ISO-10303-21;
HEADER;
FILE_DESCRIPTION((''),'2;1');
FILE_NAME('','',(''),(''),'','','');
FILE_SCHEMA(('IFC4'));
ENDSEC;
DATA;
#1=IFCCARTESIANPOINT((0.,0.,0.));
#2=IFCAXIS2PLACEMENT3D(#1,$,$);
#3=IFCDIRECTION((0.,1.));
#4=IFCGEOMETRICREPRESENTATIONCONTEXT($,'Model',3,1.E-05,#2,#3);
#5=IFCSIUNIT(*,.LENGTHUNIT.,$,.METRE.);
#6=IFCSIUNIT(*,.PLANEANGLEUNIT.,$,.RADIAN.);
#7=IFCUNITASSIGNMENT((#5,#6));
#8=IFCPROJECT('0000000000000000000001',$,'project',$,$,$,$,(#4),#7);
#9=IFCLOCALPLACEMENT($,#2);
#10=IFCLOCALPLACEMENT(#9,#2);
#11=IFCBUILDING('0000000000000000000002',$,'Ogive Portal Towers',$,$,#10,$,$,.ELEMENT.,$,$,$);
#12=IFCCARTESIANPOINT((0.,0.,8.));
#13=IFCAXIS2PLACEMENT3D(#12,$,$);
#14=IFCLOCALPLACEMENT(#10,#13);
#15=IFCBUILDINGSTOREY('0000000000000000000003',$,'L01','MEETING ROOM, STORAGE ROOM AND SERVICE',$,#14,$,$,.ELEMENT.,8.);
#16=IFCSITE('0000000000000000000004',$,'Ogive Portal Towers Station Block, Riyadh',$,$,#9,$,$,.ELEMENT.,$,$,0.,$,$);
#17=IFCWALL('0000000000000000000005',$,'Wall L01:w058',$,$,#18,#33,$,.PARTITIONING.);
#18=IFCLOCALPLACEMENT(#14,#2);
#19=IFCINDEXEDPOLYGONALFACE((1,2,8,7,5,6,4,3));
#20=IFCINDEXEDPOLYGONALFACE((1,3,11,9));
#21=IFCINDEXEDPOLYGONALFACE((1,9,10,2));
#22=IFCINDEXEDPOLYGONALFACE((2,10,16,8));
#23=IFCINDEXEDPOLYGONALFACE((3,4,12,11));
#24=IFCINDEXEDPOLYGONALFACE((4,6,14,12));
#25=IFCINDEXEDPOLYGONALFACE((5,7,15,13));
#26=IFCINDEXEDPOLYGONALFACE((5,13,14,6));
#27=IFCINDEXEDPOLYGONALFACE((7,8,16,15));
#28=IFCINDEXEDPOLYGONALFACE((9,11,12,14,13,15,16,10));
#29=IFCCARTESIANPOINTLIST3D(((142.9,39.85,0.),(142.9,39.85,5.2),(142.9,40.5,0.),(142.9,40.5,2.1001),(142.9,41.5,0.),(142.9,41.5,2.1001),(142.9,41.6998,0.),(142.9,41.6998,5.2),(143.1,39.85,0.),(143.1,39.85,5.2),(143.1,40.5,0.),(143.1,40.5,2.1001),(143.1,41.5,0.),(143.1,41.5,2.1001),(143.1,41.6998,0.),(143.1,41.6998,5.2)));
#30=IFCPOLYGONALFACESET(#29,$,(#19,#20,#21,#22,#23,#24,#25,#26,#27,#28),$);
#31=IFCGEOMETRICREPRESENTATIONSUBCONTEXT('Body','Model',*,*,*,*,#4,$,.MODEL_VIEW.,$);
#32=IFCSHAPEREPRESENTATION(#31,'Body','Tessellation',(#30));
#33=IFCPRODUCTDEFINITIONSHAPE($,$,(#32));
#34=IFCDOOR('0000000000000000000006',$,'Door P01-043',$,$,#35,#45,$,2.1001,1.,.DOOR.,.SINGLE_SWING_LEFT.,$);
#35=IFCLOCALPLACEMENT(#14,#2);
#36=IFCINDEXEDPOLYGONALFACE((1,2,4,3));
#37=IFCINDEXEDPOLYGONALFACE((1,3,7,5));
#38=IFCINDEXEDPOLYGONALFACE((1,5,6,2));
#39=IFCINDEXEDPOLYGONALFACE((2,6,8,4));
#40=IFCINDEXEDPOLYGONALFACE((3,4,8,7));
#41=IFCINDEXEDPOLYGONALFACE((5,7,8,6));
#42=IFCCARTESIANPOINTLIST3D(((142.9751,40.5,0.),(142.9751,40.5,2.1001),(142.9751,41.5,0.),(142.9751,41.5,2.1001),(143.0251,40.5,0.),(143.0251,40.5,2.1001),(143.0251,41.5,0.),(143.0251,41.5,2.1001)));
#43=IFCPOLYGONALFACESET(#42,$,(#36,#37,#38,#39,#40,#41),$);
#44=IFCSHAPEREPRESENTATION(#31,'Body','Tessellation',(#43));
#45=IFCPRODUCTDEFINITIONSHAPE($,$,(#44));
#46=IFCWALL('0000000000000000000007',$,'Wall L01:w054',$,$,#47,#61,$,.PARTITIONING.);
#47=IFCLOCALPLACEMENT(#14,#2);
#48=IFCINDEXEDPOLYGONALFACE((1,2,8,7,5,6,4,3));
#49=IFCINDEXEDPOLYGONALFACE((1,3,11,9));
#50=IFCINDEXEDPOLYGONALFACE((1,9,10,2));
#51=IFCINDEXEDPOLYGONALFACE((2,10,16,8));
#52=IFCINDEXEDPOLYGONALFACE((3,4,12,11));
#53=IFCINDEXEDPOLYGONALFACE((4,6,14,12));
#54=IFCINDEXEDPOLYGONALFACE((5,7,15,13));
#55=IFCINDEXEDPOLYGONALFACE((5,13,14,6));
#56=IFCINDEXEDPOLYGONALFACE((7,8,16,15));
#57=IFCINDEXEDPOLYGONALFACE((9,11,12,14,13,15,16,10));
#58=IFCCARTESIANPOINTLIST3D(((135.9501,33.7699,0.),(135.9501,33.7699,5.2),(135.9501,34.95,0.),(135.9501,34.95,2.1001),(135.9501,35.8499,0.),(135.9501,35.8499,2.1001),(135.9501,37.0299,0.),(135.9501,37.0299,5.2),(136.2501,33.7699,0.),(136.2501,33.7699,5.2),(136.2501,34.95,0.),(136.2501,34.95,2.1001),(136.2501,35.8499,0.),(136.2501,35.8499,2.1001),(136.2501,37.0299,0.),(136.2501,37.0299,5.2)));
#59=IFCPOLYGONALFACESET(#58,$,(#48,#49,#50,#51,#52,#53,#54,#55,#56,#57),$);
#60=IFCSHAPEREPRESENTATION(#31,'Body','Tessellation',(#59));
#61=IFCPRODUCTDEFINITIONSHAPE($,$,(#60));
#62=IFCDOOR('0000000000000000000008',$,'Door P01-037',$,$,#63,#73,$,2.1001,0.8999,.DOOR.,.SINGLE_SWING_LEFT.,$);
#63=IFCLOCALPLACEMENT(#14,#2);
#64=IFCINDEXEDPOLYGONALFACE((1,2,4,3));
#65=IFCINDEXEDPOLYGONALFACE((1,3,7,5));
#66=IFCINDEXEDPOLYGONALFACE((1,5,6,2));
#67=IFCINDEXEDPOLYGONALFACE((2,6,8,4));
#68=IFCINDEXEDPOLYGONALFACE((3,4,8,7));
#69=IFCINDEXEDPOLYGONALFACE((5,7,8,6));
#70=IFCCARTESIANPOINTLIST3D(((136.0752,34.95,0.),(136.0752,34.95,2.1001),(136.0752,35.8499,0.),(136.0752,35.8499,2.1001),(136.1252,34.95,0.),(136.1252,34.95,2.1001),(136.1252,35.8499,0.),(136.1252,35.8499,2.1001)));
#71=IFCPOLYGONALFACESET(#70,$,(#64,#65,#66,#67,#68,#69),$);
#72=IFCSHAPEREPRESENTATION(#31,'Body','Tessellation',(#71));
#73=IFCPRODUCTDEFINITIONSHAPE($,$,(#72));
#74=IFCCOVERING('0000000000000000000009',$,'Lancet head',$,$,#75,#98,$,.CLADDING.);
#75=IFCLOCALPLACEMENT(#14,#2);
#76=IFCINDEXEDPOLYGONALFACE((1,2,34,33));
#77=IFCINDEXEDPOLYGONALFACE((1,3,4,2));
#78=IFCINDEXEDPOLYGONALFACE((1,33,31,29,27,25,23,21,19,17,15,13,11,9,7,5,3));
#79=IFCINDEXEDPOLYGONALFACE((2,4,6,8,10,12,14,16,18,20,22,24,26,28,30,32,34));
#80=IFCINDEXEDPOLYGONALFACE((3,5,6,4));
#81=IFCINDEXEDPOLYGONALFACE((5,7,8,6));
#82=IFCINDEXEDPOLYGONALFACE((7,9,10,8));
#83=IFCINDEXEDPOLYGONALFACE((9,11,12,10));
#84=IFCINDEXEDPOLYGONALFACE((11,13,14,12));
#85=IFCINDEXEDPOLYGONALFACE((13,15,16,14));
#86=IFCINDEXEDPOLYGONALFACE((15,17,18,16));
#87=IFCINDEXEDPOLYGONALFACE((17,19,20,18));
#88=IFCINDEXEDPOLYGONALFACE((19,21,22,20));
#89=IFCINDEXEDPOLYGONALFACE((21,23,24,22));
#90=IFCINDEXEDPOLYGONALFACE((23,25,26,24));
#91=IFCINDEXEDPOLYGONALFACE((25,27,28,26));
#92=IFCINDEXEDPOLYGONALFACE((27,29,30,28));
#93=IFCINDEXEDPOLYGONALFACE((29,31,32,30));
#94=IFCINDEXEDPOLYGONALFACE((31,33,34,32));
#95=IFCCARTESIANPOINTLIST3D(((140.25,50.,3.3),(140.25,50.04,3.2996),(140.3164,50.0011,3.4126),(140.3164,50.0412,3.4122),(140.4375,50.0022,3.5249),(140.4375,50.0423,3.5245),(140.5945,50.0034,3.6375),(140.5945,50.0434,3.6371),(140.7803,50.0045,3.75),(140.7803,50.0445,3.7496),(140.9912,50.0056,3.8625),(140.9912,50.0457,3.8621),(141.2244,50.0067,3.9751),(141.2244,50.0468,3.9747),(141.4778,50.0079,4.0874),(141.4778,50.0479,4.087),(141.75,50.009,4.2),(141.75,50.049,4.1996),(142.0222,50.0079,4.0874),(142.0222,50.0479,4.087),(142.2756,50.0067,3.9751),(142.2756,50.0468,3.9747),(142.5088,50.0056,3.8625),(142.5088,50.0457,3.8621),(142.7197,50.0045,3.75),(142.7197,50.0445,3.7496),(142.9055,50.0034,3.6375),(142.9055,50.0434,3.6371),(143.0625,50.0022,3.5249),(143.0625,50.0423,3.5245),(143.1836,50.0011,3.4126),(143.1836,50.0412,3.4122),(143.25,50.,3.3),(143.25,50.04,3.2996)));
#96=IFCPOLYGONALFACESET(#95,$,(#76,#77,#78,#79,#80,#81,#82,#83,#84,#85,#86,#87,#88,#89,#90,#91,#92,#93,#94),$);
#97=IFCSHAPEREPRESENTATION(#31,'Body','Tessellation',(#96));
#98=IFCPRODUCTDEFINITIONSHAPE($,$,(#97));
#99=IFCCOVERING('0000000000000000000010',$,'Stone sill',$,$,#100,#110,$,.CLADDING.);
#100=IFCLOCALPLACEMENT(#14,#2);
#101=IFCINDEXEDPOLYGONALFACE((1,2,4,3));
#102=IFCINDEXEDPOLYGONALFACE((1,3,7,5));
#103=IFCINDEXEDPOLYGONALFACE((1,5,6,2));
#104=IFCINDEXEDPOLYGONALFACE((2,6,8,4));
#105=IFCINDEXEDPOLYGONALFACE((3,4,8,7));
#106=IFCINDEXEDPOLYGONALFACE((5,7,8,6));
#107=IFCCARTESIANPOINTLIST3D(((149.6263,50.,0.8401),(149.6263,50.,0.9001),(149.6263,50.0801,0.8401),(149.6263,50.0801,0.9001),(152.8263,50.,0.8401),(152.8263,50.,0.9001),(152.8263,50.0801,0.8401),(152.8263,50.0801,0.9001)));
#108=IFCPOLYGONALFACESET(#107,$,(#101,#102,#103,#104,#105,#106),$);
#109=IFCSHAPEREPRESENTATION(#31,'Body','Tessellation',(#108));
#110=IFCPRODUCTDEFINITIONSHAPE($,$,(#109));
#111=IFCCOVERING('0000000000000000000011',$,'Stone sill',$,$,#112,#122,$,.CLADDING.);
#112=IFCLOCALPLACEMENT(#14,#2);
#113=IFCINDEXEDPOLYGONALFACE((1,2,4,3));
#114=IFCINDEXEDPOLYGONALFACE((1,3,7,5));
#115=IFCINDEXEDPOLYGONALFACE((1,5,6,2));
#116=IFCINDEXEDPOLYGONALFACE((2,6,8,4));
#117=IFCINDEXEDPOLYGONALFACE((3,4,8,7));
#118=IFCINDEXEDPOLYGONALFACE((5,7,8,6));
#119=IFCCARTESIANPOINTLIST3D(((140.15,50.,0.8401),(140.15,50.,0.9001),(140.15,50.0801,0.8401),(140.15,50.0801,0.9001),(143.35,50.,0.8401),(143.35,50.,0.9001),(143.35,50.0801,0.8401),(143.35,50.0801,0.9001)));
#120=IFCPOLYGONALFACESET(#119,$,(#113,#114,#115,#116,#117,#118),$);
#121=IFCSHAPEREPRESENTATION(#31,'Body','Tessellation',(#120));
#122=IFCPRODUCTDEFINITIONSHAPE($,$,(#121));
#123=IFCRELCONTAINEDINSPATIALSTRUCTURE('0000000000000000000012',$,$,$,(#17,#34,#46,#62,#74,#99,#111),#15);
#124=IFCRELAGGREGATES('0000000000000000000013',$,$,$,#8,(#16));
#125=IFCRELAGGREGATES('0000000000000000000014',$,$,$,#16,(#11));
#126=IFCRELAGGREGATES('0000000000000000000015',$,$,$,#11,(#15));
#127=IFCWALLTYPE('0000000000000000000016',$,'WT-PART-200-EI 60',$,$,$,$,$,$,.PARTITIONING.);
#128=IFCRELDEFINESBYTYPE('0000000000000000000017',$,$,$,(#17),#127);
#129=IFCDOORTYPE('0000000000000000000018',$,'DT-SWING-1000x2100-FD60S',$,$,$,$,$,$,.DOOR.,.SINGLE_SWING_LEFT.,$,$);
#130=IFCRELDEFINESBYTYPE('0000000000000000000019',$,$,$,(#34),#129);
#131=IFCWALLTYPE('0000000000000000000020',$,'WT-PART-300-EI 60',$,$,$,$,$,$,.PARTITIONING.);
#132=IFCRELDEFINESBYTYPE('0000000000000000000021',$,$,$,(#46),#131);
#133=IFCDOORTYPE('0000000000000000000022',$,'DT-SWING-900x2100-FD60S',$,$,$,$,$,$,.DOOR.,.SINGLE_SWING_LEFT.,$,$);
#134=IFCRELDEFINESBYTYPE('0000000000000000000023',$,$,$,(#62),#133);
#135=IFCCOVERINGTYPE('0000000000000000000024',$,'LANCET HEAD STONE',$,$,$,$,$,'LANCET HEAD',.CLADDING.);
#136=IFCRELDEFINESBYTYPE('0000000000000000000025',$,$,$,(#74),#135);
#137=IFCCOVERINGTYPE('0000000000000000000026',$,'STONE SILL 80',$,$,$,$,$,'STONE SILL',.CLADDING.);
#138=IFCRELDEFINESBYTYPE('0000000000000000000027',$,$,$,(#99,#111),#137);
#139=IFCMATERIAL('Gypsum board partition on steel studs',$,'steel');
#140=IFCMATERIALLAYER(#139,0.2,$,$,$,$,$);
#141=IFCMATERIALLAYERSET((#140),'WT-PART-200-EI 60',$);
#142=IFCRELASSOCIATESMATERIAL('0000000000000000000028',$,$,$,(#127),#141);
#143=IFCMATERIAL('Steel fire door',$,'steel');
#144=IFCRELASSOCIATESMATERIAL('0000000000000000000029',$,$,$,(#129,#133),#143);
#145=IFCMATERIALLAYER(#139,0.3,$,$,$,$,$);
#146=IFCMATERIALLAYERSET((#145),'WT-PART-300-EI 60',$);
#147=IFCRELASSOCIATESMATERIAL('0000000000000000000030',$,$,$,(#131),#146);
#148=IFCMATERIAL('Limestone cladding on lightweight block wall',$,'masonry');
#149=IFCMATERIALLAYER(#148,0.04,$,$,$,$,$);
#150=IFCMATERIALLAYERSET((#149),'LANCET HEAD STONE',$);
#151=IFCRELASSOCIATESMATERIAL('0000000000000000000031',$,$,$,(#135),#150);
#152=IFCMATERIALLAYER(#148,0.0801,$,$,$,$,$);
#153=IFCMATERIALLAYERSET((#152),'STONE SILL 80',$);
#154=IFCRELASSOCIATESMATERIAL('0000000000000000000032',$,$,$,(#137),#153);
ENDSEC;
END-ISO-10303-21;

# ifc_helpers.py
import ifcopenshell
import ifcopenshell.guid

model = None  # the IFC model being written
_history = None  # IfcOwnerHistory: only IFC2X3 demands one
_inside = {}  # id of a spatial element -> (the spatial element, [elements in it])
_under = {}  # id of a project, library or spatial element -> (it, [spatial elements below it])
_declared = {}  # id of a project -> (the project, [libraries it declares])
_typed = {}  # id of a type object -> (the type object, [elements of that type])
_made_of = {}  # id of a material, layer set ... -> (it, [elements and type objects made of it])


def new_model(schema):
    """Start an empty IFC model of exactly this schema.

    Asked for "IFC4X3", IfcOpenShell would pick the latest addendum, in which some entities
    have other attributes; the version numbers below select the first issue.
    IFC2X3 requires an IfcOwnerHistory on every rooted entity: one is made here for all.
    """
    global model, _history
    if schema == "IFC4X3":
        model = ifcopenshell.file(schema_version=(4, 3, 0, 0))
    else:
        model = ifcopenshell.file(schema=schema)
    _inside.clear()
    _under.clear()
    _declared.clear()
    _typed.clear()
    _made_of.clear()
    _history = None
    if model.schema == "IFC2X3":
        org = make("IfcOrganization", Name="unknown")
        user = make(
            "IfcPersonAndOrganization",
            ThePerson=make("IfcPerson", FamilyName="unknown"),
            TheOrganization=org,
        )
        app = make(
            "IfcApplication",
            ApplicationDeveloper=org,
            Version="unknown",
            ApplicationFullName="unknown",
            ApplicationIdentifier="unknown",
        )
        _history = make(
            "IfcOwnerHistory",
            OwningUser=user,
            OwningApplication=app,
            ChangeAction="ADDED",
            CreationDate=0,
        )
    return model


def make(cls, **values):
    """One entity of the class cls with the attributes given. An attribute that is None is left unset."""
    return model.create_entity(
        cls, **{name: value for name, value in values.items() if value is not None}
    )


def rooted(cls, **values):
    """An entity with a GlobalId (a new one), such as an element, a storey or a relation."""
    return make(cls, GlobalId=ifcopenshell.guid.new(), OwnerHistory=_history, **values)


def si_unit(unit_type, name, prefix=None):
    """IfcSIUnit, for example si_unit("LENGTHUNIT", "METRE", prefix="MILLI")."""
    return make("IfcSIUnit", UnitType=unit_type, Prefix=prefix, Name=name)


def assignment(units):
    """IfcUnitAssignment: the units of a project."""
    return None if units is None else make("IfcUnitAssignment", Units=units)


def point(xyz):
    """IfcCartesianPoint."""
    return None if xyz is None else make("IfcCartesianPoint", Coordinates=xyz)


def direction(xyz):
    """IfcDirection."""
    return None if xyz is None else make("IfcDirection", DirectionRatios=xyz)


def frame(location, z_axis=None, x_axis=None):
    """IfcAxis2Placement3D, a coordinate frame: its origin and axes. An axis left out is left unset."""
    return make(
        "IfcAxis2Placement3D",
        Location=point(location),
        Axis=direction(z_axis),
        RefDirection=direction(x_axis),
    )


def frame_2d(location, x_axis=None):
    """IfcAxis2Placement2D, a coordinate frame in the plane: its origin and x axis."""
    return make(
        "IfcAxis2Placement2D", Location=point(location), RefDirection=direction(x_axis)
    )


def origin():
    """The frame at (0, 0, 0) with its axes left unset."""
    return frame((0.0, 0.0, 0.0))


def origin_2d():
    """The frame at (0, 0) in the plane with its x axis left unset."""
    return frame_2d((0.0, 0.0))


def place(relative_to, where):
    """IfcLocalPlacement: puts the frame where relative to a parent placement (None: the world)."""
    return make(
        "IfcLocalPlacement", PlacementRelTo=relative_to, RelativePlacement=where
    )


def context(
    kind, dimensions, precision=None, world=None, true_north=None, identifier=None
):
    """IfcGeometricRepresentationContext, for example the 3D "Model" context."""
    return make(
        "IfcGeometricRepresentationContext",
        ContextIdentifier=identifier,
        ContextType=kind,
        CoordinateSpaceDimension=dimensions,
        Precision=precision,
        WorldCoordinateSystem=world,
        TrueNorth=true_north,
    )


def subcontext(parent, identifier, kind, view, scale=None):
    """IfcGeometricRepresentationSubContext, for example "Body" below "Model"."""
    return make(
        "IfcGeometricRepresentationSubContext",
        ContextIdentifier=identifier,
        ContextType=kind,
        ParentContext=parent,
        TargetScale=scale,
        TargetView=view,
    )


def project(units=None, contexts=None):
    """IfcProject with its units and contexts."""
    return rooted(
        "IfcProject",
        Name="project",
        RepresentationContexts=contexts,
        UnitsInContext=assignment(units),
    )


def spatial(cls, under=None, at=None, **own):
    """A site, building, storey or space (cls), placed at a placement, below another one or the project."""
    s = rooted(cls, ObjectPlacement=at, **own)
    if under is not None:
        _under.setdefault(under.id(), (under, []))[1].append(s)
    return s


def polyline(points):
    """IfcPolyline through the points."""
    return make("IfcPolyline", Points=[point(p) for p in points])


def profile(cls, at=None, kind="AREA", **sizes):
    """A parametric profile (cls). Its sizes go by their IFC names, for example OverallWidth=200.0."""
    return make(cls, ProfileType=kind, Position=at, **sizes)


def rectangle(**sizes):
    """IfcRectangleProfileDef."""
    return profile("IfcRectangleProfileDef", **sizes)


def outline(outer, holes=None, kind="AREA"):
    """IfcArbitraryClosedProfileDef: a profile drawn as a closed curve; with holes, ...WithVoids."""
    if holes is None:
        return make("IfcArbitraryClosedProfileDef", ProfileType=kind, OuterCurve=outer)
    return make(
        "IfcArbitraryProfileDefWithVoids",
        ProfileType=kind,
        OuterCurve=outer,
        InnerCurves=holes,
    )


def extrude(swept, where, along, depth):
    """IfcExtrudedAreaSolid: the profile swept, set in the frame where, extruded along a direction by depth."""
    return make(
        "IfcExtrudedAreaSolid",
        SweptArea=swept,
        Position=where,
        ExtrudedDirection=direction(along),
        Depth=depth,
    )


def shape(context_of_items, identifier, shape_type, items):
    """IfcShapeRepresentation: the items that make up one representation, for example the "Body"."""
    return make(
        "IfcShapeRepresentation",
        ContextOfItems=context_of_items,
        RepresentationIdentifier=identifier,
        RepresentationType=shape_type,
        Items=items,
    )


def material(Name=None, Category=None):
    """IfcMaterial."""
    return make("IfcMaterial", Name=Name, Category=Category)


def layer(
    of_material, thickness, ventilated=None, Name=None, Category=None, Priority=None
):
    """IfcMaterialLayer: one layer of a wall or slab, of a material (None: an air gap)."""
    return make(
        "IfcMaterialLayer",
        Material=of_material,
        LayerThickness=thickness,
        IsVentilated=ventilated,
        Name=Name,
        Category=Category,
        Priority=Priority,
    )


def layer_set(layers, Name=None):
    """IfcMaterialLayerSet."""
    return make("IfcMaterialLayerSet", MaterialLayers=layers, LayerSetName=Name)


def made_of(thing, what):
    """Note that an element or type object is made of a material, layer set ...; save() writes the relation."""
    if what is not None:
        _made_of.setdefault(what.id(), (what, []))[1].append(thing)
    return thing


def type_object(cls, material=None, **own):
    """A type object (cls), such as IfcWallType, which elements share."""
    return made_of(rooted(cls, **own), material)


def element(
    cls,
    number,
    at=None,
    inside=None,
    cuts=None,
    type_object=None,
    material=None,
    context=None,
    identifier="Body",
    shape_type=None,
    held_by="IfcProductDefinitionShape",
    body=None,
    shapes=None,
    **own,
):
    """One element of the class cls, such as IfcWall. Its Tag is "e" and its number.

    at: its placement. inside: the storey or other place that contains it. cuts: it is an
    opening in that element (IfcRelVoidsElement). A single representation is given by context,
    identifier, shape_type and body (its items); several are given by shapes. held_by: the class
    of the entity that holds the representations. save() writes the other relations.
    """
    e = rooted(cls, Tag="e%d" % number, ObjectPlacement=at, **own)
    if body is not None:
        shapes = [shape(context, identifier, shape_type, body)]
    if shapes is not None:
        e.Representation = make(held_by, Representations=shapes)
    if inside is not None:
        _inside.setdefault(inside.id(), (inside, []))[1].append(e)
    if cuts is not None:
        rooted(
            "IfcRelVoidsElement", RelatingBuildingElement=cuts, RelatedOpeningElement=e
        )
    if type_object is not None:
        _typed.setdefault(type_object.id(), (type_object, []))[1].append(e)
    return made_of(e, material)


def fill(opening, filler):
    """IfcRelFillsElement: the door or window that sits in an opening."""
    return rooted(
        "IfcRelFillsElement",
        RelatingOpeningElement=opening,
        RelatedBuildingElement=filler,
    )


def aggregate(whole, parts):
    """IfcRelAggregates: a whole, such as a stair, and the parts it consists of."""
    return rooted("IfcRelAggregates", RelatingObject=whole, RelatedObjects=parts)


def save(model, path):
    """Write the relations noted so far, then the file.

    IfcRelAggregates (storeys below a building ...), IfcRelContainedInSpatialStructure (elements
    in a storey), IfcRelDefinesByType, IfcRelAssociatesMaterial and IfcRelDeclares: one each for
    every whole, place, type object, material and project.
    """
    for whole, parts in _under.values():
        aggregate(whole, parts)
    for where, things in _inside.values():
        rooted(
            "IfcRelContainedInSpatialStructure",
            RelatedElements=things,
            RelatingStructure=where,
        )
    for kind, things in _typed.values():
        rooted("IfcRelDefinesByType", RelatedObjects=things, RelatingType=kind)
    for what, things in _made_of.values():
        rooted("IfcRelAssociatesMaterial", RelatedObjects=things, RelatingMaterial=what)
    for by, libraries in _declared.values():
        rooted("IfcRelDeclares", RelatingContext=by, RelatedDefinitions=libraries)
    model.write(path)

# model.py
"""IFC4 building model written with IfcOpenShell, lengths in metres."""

from ifc_helpers import new_model, si_unit, direction, frame, frame_2d, origin, origin_2d, place, context, subcontext, project, spatial, polyline, rectangle, outline, extrude, material, layer, layer_set, type_object, element, fill, save


model = new_model("IFC4")

# Units and contexts
model_context = context("Model", 3, precision=1e-05, world=origin(), true_north=direction((0.0, 1.0)))
body_context = subcontext(model_context, "Body", "Model", "MODEL_VIEW")
ifc_project = project(units=[si_unit("LENGTHUNIT", "METRE"), si_unit("PLANEANGLEUNIT", "RADIAN")], contexts=[model_context])

# Site, building, storey
site_placement = place(None, origin())
site = spatial("IfcSite", under=ifc_project, at=site_placement, Name="Ogive Portal Towers Station Block, Riyadh", CompositionType="ELEMENT", RefElevation=0.0)
building_placement = place(site_placement, origin())
building = spatial("IfcBuilding", under=site, at=building_placement, Name="Ogive Portal Towers", CompositionType="ELEMENT")
storey_placement = place(building_placement, frame((0.0, 0.0, 8.0)))
storey = spatial("IfcBuildingStorey", under=building, at=storey_placement, Name="L01", Description="MEETING ROOM, STORAGE ROOM AND SERVICE", CompositionType="ELEMENT", Elevation=8.0)

# Shared definitions
ifc_material_1 = material(Name="Gypsum board partition on steel studs", Category="steel")
ifc_layer_1 = layer(ifc_material_1, 0.2)
ifc_layer_set_1 = layer_set([ifc_layer_1], Name="WT-PART-200-EI 60")
wall_type_1 = type_object("IfcWallType", Name="WT-PART-200-EI 60", PredefinedType="PARTITIONING", material=ifc_layer_set_1)
ifc_material_2 = material(Name="Steel fire door", Category="steel")

# Walls, openings, doors
wall_1_placement = place(storey_placement, frame((143.0, 39.8501, 0.0), z_axis=(0.0, 0.0, 1.0), x_axis=(0.0, 1.0, 0.0)))
wall_1 = element("IfcWall", 1, at=wall_1_placement, inside=storey, type_object=wall_type_1, Name="Wall L01:w058", PredefinedType="PARTITIONING", context=body_context, shape_type="SweptSolid", body=[
    extrude(rectangle(XDim=1.8499, YDim=0.2, at=frame_2d((0.9248, 0.0))), origin(), (0.0, 0.0, 1.0), 5.2),
])
opening_1_placement = place(wall_1_placement, frame((0.6499, 0.0, 0.0)))
opening_1 = element("IfcOpeningElement", 2, at=opening_1_placement, cuts=wall_1, PredefinedType="OPENING", context=body_context, shape_type="SweptSolid", body=[
    extrude(rectangle(XDim=1.0, YDim=2.1001, at=frame_2d((0.5, 1.05))), frame((0.0, 0.1099, 0.0), z_axis=(0.0, -1.0, 0.0), x_axis=(1.0, 0.0, 0.0)), (0.0, 0.0, 1.0), 0.22),
])
door_type_1 = type_object("IfcDoorType", Name="DT-SWING-1000x2100-FD60S", OperationType="SINGLE_SWING_LEFT", PredefinedType="DOOR", material=ifc_material_2)
door_1_placement = place(opening_1_placement, origin())
door_1 = element("IfcDoor", 3, at=door_1_placement, inside=storey, type_object=door_type_1, Name="Door P01-043", OperationType="SINGLE_SWING_LEFT", OverallHeight=2.1001, OverallWidth=1.0, PredefinedType="DOOR", context=body_context, shape_type="SweptSolid", body=[
    extrude(rectangle(XDim=1.0, YDim=2.1001, at=frame_2d((0.5, 1.05))), frame((0.0, 0.0249, 0.0), z_axis=(0.0, -1.0, 0.0), x_axis=(1.0, 0.0, 0.0)), (0.0, 0.0, 1.0), 0.05),
])
fill(opening_1, door_1)
ifc_layer_2 = layer(ifc_material_1, 0.3)
ifc_layer_set_2 = layer_set([ifc_layer_2], Name="WT-PART-300-EI 60")
wall_type_2 = type_object("IfcWallType", Name="WT-PART-300-EI 60", PredefinedType="PARTITIONING", material=ifc_layer_set_2)
wall_2_placement = place(storey_placement, frame((136.1001, 33.77, 0.0), z_axis=(0.0, 0.0, 1.0), x_axis=(0.0, 1.0, 0.0)))
wall_2 = element("IfcWall", 4, at=wall_2_placement, inside=storey, type_object=wall_type_2, Name="Wall L01:w054", PredefinedType="PARTITIONING", context=body_context, shape_type="SweptSolid", body=[
    extrude(rectangle(XDim=3.26, YDim=0.3, at=frame_2d((1.6299, 0.0))), origin(), (0.0, 0.0, 1.0), 5.2),
])
opening_2_placement = place(wall_2_placement, frame((1.1799, 0.0, 0.0)))
opening_2 = element("IfcOpeningElement", 5, at=opening_2_placement, cuts=wall_2, PredefinedType="OPENING", context=body_context, shape_type="SweptSolid", body=[
    extrude(rectangle(XDim=0.8999, YDim=2.1001, at=frame_2d((0.45, 1.05))), frame((0.0, 0.1602, 0.0), z_axis=(0.0, -1.0, 0.0), x_axis=(1.0, 0.0, 0.0)), (0.0, 0.0, 1.0), 0.3201),
])
door_type_2 = type_object("IfcDoorType", Name="DT-SWING-900x2100-FD60S", OperationType="SINGLE_SWING_LEFT", PredefinedType="DOOR", material=ifc_material_2)
door_2_placement = place(opening_2_placement, origin())
door_2 = element("IfcDoor", 6, at=door_2_placement, inside=storey, type_object=door_type_2, Name="Door P01-037", OperationType="SINGLE_SWING_LEFT", OverallHeight=2.1001, OverallWidth=0.8999, PredefinedType="DOOR", context=body_context, shape_type="SweptSolid", body=[
    extrude(rectangle(XDim=0.8999, YDim=2.1001, at=frame_2d((0.45, 1.05))), frame((0.0, 0.0249, 0.0), z_axis=(0.0, -1.0, 0.0), x_axis=(1.0, 0.0, 0.0)), (0.0, 0.0, 1.0), 0.05),
])
fill(opening_2, door_2)

# Coverings
ifc_material_3 = material(Name="Limestone cladding on lightweight block wall", Category="masonry")
ifc_layer_3 = layer(ifc_material_3, 0.04)
ifc_layer_set_3 = layer_set([ifc_layer_3], Name="LANCET HEAD STONE")
covering_type_1 = type_object("IfcCoveringType", Name="LANCET HEAD STONE", ElementType="LANCET HEAD", PredefinedType="CLADDING", material=ifc_layer_set_3)
covering_placement = place(storey_placement, frame((143.25, 50.0, 3.3), z_axis=(0.0, -0.99995, 0.009994), x_axis=(-1.0, 0.0, 0.0)))
element("IfcCovering", 7, at=covering_placement, inside=storey, type_object=covering_type_1, Name="Lancet head", PredefinedType="CLADDING", context=body_context, shape_type="SweptSolid", body=[
    extrude(outline(polyline([(0.0, 0.0), (3.0, 0.0), (2.9336, -0.1126), (2.8125, -0.2249), (2.6555, -0.3374), (2.4697, -0.45), (2.2588, -0.5625), (2.0256, -0.6751), (1.7722, -0.7874), (1.5, -0.8999), (1.2278, -0.7874), (0.9744, -0.6751), (0.7412, -0.5625), (0.5303, -0.45), (0.3445, -0.3374), (0.1875, -0.2249), (0.0664, -0.1126), (0.0, 0.0)])), origin(), (0.0, 0.0, -1.0), 0.04),
])
ifc_layer_4 = layer(ifc_material_3, 0.0801)
ifc_layer_set_4 = layer_set([ifc_layer_4], Name="STONE SILL 80")
covering_type_2 = type_object("IfcCoveringType", Name="STONE SILL 80", ElementType="STONE SILL", PredefinedType="CLADDING", material=ifc_layer_set_4)
for number, where, z_axis, x_axis, name in (
    (8, (151.2263, 50.04, 0.8401), (0.0, 0.0, 1.0), (-1.0, 0.0, 0.0), "Stone sill"),
    (9, (141.75, 50.04, 0.8401), (0.0, 0.0, 1.0), (-1.0, 0.0, 0.0), "Stone sill"),
):
    element("IfcCovering", number, at=place(storey_placement, frame(where, z_axis=z_axis, x_axis=x_axis)), inside=storey, type_object=covering_type_2, Name=name, PredefinedType="CLADDING", context=body_context, shape_type="SweptSolid", body=[
        extrude(rectangle(XDim=3.2, YDim=0.0801, at=origin_2d()), origin(), (0.0, 0.0, 1.0), 0.0601),
    ])

save(model, "model.ifc")
